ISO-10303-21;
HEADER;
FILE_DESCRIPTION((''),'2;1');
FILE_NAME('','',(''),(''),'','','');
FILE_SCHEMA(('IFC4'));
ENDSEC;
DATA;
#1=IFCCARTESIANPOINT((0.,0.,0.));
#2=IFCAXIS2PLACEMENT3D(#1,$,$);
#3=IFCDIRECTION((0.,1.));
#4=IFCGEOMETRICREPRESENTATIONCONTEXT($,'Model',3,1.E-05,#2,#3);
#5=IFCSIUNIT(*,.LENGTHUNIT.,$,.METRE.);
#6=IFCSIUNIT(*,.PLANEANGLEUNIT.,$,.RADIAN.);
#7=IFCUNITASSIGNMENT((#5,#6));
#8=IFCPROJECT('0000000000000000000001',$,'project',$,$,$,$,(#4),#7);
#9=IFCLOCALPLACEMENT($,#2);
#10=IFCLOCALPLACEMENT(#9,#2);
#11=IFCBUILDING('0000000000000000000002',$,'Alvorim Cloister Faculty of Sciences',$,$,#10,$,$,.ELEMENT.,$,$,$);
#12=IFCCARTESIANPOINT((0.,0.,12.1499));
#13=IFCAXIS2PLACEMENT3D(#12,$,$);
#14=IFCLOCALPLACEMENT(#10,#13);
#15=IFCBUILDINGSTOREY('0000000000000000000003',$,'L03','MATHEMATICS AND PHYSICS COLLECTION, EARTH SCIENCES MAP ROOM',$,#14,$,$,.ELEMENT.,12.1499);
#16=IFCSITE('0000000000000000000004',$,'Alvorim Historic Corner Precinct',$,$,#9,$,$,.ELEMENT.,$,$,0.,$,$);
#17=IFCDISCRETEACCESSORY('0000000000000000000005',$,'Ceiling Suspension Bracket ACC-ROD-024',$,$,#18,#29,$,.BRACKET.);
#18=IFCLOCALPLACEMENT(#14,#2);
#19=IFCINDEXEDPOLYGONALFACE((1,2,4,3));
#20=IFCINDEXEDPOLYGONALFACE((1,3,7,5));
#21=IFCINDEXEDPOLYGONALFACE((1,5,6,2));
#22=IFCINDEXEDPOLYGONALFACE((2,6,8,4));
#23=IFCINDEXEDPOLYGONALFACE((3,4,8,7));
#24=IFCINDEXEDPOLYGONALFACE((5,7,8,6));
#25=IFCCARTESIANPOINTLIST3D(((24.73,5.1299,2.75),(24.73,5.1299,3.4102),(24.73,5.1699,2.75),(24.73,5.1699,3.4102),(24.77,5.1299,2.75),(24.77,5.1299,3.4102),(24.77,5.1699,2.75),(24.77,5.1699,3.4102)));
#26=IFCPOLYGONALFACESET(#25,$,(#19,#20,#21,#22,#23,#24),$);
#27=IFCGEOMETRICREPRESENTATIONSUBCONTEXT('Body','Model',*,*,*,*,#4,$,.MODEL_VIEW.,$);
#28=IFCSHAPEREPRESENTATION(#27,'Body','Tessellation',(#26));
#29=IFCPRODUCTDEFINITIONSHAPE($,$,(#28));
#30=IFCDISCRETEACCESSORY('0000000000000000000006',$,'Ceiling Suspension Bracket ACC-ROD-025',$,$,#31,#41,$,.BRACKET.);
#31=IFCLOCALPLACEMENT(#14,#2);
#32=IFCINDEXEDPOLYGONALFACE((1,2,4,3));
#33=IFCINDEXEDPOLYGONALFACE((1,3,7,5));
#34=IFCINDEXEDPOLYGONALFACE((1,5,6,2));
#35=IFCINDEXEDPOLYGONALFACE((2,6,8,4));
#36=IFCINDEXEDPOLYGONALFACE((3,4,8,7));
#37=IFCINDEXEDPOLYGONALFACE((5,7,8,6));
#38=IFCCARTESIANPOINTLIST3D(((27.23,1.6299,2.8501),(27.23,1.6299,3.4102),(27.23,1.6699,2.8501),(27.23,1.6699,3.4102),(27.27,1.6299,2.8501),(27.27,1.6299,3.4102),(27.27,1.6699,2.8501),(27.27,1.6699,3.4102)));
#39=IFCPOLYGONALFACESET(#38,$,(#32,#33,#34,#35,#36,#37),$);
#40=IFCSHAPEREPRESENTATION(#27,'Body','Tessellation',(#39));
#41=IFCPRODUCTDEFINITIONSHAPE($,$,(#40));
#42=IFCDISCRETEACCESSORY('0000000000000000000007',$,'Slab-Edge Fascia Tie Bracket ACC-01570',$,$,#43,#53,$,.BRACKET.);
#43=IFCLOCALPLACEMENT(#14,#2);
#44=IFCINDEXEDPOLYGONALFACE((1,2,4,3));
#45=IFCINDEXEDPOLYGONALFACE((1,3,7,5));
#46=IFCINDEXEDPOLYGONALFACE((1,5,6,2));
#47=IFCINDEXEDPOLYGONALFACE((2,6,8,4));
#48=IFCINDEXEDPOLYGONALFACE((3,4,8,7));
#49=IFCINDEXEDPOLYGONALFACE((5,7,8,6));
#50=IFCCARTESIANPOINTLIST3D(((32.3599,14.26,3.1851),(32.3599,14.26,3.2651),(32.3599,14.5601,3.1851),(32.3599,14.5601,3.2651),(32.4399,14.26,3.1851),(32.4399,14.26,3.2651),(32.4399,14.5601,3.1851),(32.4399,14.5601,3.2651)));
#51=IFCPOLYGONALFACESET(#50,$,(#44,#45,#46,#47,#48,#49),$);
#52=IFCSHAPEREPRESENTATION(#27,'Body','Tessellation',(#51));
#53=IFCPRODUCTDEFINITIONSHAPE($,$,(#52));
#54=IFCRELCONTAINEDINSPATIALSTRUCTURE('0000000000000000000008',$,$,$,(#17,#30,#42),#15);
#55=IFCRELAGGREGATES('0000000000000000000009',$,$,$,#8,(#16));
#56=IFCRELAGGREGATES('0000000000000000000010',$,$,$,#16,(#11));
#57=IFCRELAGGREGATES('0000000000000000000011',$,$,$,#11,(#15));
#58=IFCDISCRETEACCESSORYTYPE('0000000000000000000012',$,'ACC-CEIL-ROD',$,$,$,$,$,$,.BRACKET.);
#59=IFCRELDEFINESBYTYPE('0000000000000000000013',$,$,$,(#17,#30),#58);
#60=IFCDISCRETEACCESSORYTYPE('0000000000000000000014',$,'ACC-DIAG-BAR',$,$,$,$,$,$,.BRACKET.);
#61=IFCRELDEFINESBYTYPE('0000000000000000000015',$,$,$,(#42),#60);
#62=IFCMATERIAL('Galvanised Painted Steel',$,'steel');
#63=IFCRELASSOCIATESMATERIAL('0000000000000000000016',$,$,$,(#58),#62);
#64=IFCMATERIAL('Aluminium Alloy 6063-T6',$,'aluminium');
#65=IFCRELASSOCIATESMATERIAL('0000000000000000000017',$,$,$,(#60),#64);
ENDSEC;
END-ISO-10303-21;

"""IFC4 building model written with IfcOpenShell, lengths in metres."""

from ifc_helpers import new_model, si_unit, direction, frame, origin, origin_2d, place, context, subcontext, project, spatial, rectangle, extrude, material, type_object, element, save


model = new_model("IFC4")

# Units and contexts
model_context = context("Model", 3, precision=1e-05, world=origin(), true_north=direction((0.0, 1.0)))
body_context = subcontext(model_context, "Body", "Model", "MODEL_VIEW")
ifc_project = project(units=[si_unit("LENGTHUNIT", "METRE"), si_unit("PLANEANGLEUNIT", "RADIAN")], contexts=[model_context])

# Site, building, storey
site_placement = place(None, origin())
site = spatial("IfcSite", under=ifc_project, at=site_placement, Name="Alvorim Historic Corner Precinct", CompositionType="ELEMENT", RefElevation=0.0)
building_placement = place(site_placement, origin())
building = spatial("IfcBuilding", under=site, at=building_placement, Name="Alvorim Cloister Faculty of Sciences", CompositionType="ELEMENT")
storey_placement = place(building_placement, frame((0.0, 0.0, 12.1499)))
storey = spatial("IfcBuildingStorey", under=building, at=storey_placement, Name="L03", Description="MATHEMATICS AND PHYSICS COLLECTION, EARTH SCIENCES MAP ROOM", CompositionType="ELEMENT", Elevation=12.1499)

# Shared definitions
ifc_material_1 = material(Name="Aluminium Alloy 6063-T6", Category="aluminium")

# Discrete accessories
ifc_material_2 = material(Name="Galvanised Painted Steel", Category="steel")
discrete_accessory_type_1 = type_object("IfcDiscreteAccessoryType", Name="ACC-CEIL-ROD", PredefinedType="BRACKET", material=ifc_material_2)
discrete_accessory_1_placement = place(storey_placement, frame((24.75, 5.1499, 2.75), z_axis=(0.0, 0.0, 1.0), x_axis=(1.0, 0.0, 0.0)))
element("IfcDiscreteAccessory", 1, at=discrete_accessory_1_placement, inside=storey, type_object=discrete_accessory_type_1, Name="Ceiling Suspension Bracket ACC-ROD-024", PredefinedType="BRACKET", context=body_context, shape_type="SweptSolid", body=[
    extrude(rectangle(XDim=0.04, YDim=0.04, at=origin_2d()), origin(), (0.0, 0.0, 1.0), 0.6602),
])
discrete_accessory_2_placement = place(storey_placement, frame((27.25, 1.6499, 2.8501), z_axis=(0.0, 0.0, 1.0), x_axis=(1.0, 0.0, 0.0)))
element("IfcDiscreteAccessory", 2, at=discrete_accessory_2_placement, inside=storey, type_object=discrete_accessory_type_1, Name="Ceiling Suspension Bracket ACC-ROD-025", PredefinedType="BRACKET", context=body_context, shape_type="SweptSolid", body=[
    extrude(rectangle(XDim=0.04, YDim=0.04, at=origin_2d()), origin(), (0.0, 0.0, 1.0), 0.5601),
])
discrete_accessory_type_2 = type_object("IfcDiscreteAccessoryType", Name="ACC-DIAG-BAR", PredefinedType="BRACKET", material=ifc_material_1)
discrete_accessory_3_placement = place(storey_placement, frame((32.3999, 14.26, 3.2251), z_axis=(0.0, 1.0, 0.0), x_axis=(-1.0, 0.0, 0.0)))
element("IfcDiscreteAccessory", 3, at=discrete_accessory_3_placement, inside=storey, type_object=discrete_accessory_type_2, Name="Slab-Edge Fascia Tie Bracket ACC-01570", PredefinedType="BRACKET", context=body_context, shape_type="SweptSolid", body=[
    extrude(rectangle(XDim=0.0801, YDim=0.0801, at=origin_2d()), origin(), (0.0, 0.0, 1.0), 0.3),
])

save(model, "model.ifc")
